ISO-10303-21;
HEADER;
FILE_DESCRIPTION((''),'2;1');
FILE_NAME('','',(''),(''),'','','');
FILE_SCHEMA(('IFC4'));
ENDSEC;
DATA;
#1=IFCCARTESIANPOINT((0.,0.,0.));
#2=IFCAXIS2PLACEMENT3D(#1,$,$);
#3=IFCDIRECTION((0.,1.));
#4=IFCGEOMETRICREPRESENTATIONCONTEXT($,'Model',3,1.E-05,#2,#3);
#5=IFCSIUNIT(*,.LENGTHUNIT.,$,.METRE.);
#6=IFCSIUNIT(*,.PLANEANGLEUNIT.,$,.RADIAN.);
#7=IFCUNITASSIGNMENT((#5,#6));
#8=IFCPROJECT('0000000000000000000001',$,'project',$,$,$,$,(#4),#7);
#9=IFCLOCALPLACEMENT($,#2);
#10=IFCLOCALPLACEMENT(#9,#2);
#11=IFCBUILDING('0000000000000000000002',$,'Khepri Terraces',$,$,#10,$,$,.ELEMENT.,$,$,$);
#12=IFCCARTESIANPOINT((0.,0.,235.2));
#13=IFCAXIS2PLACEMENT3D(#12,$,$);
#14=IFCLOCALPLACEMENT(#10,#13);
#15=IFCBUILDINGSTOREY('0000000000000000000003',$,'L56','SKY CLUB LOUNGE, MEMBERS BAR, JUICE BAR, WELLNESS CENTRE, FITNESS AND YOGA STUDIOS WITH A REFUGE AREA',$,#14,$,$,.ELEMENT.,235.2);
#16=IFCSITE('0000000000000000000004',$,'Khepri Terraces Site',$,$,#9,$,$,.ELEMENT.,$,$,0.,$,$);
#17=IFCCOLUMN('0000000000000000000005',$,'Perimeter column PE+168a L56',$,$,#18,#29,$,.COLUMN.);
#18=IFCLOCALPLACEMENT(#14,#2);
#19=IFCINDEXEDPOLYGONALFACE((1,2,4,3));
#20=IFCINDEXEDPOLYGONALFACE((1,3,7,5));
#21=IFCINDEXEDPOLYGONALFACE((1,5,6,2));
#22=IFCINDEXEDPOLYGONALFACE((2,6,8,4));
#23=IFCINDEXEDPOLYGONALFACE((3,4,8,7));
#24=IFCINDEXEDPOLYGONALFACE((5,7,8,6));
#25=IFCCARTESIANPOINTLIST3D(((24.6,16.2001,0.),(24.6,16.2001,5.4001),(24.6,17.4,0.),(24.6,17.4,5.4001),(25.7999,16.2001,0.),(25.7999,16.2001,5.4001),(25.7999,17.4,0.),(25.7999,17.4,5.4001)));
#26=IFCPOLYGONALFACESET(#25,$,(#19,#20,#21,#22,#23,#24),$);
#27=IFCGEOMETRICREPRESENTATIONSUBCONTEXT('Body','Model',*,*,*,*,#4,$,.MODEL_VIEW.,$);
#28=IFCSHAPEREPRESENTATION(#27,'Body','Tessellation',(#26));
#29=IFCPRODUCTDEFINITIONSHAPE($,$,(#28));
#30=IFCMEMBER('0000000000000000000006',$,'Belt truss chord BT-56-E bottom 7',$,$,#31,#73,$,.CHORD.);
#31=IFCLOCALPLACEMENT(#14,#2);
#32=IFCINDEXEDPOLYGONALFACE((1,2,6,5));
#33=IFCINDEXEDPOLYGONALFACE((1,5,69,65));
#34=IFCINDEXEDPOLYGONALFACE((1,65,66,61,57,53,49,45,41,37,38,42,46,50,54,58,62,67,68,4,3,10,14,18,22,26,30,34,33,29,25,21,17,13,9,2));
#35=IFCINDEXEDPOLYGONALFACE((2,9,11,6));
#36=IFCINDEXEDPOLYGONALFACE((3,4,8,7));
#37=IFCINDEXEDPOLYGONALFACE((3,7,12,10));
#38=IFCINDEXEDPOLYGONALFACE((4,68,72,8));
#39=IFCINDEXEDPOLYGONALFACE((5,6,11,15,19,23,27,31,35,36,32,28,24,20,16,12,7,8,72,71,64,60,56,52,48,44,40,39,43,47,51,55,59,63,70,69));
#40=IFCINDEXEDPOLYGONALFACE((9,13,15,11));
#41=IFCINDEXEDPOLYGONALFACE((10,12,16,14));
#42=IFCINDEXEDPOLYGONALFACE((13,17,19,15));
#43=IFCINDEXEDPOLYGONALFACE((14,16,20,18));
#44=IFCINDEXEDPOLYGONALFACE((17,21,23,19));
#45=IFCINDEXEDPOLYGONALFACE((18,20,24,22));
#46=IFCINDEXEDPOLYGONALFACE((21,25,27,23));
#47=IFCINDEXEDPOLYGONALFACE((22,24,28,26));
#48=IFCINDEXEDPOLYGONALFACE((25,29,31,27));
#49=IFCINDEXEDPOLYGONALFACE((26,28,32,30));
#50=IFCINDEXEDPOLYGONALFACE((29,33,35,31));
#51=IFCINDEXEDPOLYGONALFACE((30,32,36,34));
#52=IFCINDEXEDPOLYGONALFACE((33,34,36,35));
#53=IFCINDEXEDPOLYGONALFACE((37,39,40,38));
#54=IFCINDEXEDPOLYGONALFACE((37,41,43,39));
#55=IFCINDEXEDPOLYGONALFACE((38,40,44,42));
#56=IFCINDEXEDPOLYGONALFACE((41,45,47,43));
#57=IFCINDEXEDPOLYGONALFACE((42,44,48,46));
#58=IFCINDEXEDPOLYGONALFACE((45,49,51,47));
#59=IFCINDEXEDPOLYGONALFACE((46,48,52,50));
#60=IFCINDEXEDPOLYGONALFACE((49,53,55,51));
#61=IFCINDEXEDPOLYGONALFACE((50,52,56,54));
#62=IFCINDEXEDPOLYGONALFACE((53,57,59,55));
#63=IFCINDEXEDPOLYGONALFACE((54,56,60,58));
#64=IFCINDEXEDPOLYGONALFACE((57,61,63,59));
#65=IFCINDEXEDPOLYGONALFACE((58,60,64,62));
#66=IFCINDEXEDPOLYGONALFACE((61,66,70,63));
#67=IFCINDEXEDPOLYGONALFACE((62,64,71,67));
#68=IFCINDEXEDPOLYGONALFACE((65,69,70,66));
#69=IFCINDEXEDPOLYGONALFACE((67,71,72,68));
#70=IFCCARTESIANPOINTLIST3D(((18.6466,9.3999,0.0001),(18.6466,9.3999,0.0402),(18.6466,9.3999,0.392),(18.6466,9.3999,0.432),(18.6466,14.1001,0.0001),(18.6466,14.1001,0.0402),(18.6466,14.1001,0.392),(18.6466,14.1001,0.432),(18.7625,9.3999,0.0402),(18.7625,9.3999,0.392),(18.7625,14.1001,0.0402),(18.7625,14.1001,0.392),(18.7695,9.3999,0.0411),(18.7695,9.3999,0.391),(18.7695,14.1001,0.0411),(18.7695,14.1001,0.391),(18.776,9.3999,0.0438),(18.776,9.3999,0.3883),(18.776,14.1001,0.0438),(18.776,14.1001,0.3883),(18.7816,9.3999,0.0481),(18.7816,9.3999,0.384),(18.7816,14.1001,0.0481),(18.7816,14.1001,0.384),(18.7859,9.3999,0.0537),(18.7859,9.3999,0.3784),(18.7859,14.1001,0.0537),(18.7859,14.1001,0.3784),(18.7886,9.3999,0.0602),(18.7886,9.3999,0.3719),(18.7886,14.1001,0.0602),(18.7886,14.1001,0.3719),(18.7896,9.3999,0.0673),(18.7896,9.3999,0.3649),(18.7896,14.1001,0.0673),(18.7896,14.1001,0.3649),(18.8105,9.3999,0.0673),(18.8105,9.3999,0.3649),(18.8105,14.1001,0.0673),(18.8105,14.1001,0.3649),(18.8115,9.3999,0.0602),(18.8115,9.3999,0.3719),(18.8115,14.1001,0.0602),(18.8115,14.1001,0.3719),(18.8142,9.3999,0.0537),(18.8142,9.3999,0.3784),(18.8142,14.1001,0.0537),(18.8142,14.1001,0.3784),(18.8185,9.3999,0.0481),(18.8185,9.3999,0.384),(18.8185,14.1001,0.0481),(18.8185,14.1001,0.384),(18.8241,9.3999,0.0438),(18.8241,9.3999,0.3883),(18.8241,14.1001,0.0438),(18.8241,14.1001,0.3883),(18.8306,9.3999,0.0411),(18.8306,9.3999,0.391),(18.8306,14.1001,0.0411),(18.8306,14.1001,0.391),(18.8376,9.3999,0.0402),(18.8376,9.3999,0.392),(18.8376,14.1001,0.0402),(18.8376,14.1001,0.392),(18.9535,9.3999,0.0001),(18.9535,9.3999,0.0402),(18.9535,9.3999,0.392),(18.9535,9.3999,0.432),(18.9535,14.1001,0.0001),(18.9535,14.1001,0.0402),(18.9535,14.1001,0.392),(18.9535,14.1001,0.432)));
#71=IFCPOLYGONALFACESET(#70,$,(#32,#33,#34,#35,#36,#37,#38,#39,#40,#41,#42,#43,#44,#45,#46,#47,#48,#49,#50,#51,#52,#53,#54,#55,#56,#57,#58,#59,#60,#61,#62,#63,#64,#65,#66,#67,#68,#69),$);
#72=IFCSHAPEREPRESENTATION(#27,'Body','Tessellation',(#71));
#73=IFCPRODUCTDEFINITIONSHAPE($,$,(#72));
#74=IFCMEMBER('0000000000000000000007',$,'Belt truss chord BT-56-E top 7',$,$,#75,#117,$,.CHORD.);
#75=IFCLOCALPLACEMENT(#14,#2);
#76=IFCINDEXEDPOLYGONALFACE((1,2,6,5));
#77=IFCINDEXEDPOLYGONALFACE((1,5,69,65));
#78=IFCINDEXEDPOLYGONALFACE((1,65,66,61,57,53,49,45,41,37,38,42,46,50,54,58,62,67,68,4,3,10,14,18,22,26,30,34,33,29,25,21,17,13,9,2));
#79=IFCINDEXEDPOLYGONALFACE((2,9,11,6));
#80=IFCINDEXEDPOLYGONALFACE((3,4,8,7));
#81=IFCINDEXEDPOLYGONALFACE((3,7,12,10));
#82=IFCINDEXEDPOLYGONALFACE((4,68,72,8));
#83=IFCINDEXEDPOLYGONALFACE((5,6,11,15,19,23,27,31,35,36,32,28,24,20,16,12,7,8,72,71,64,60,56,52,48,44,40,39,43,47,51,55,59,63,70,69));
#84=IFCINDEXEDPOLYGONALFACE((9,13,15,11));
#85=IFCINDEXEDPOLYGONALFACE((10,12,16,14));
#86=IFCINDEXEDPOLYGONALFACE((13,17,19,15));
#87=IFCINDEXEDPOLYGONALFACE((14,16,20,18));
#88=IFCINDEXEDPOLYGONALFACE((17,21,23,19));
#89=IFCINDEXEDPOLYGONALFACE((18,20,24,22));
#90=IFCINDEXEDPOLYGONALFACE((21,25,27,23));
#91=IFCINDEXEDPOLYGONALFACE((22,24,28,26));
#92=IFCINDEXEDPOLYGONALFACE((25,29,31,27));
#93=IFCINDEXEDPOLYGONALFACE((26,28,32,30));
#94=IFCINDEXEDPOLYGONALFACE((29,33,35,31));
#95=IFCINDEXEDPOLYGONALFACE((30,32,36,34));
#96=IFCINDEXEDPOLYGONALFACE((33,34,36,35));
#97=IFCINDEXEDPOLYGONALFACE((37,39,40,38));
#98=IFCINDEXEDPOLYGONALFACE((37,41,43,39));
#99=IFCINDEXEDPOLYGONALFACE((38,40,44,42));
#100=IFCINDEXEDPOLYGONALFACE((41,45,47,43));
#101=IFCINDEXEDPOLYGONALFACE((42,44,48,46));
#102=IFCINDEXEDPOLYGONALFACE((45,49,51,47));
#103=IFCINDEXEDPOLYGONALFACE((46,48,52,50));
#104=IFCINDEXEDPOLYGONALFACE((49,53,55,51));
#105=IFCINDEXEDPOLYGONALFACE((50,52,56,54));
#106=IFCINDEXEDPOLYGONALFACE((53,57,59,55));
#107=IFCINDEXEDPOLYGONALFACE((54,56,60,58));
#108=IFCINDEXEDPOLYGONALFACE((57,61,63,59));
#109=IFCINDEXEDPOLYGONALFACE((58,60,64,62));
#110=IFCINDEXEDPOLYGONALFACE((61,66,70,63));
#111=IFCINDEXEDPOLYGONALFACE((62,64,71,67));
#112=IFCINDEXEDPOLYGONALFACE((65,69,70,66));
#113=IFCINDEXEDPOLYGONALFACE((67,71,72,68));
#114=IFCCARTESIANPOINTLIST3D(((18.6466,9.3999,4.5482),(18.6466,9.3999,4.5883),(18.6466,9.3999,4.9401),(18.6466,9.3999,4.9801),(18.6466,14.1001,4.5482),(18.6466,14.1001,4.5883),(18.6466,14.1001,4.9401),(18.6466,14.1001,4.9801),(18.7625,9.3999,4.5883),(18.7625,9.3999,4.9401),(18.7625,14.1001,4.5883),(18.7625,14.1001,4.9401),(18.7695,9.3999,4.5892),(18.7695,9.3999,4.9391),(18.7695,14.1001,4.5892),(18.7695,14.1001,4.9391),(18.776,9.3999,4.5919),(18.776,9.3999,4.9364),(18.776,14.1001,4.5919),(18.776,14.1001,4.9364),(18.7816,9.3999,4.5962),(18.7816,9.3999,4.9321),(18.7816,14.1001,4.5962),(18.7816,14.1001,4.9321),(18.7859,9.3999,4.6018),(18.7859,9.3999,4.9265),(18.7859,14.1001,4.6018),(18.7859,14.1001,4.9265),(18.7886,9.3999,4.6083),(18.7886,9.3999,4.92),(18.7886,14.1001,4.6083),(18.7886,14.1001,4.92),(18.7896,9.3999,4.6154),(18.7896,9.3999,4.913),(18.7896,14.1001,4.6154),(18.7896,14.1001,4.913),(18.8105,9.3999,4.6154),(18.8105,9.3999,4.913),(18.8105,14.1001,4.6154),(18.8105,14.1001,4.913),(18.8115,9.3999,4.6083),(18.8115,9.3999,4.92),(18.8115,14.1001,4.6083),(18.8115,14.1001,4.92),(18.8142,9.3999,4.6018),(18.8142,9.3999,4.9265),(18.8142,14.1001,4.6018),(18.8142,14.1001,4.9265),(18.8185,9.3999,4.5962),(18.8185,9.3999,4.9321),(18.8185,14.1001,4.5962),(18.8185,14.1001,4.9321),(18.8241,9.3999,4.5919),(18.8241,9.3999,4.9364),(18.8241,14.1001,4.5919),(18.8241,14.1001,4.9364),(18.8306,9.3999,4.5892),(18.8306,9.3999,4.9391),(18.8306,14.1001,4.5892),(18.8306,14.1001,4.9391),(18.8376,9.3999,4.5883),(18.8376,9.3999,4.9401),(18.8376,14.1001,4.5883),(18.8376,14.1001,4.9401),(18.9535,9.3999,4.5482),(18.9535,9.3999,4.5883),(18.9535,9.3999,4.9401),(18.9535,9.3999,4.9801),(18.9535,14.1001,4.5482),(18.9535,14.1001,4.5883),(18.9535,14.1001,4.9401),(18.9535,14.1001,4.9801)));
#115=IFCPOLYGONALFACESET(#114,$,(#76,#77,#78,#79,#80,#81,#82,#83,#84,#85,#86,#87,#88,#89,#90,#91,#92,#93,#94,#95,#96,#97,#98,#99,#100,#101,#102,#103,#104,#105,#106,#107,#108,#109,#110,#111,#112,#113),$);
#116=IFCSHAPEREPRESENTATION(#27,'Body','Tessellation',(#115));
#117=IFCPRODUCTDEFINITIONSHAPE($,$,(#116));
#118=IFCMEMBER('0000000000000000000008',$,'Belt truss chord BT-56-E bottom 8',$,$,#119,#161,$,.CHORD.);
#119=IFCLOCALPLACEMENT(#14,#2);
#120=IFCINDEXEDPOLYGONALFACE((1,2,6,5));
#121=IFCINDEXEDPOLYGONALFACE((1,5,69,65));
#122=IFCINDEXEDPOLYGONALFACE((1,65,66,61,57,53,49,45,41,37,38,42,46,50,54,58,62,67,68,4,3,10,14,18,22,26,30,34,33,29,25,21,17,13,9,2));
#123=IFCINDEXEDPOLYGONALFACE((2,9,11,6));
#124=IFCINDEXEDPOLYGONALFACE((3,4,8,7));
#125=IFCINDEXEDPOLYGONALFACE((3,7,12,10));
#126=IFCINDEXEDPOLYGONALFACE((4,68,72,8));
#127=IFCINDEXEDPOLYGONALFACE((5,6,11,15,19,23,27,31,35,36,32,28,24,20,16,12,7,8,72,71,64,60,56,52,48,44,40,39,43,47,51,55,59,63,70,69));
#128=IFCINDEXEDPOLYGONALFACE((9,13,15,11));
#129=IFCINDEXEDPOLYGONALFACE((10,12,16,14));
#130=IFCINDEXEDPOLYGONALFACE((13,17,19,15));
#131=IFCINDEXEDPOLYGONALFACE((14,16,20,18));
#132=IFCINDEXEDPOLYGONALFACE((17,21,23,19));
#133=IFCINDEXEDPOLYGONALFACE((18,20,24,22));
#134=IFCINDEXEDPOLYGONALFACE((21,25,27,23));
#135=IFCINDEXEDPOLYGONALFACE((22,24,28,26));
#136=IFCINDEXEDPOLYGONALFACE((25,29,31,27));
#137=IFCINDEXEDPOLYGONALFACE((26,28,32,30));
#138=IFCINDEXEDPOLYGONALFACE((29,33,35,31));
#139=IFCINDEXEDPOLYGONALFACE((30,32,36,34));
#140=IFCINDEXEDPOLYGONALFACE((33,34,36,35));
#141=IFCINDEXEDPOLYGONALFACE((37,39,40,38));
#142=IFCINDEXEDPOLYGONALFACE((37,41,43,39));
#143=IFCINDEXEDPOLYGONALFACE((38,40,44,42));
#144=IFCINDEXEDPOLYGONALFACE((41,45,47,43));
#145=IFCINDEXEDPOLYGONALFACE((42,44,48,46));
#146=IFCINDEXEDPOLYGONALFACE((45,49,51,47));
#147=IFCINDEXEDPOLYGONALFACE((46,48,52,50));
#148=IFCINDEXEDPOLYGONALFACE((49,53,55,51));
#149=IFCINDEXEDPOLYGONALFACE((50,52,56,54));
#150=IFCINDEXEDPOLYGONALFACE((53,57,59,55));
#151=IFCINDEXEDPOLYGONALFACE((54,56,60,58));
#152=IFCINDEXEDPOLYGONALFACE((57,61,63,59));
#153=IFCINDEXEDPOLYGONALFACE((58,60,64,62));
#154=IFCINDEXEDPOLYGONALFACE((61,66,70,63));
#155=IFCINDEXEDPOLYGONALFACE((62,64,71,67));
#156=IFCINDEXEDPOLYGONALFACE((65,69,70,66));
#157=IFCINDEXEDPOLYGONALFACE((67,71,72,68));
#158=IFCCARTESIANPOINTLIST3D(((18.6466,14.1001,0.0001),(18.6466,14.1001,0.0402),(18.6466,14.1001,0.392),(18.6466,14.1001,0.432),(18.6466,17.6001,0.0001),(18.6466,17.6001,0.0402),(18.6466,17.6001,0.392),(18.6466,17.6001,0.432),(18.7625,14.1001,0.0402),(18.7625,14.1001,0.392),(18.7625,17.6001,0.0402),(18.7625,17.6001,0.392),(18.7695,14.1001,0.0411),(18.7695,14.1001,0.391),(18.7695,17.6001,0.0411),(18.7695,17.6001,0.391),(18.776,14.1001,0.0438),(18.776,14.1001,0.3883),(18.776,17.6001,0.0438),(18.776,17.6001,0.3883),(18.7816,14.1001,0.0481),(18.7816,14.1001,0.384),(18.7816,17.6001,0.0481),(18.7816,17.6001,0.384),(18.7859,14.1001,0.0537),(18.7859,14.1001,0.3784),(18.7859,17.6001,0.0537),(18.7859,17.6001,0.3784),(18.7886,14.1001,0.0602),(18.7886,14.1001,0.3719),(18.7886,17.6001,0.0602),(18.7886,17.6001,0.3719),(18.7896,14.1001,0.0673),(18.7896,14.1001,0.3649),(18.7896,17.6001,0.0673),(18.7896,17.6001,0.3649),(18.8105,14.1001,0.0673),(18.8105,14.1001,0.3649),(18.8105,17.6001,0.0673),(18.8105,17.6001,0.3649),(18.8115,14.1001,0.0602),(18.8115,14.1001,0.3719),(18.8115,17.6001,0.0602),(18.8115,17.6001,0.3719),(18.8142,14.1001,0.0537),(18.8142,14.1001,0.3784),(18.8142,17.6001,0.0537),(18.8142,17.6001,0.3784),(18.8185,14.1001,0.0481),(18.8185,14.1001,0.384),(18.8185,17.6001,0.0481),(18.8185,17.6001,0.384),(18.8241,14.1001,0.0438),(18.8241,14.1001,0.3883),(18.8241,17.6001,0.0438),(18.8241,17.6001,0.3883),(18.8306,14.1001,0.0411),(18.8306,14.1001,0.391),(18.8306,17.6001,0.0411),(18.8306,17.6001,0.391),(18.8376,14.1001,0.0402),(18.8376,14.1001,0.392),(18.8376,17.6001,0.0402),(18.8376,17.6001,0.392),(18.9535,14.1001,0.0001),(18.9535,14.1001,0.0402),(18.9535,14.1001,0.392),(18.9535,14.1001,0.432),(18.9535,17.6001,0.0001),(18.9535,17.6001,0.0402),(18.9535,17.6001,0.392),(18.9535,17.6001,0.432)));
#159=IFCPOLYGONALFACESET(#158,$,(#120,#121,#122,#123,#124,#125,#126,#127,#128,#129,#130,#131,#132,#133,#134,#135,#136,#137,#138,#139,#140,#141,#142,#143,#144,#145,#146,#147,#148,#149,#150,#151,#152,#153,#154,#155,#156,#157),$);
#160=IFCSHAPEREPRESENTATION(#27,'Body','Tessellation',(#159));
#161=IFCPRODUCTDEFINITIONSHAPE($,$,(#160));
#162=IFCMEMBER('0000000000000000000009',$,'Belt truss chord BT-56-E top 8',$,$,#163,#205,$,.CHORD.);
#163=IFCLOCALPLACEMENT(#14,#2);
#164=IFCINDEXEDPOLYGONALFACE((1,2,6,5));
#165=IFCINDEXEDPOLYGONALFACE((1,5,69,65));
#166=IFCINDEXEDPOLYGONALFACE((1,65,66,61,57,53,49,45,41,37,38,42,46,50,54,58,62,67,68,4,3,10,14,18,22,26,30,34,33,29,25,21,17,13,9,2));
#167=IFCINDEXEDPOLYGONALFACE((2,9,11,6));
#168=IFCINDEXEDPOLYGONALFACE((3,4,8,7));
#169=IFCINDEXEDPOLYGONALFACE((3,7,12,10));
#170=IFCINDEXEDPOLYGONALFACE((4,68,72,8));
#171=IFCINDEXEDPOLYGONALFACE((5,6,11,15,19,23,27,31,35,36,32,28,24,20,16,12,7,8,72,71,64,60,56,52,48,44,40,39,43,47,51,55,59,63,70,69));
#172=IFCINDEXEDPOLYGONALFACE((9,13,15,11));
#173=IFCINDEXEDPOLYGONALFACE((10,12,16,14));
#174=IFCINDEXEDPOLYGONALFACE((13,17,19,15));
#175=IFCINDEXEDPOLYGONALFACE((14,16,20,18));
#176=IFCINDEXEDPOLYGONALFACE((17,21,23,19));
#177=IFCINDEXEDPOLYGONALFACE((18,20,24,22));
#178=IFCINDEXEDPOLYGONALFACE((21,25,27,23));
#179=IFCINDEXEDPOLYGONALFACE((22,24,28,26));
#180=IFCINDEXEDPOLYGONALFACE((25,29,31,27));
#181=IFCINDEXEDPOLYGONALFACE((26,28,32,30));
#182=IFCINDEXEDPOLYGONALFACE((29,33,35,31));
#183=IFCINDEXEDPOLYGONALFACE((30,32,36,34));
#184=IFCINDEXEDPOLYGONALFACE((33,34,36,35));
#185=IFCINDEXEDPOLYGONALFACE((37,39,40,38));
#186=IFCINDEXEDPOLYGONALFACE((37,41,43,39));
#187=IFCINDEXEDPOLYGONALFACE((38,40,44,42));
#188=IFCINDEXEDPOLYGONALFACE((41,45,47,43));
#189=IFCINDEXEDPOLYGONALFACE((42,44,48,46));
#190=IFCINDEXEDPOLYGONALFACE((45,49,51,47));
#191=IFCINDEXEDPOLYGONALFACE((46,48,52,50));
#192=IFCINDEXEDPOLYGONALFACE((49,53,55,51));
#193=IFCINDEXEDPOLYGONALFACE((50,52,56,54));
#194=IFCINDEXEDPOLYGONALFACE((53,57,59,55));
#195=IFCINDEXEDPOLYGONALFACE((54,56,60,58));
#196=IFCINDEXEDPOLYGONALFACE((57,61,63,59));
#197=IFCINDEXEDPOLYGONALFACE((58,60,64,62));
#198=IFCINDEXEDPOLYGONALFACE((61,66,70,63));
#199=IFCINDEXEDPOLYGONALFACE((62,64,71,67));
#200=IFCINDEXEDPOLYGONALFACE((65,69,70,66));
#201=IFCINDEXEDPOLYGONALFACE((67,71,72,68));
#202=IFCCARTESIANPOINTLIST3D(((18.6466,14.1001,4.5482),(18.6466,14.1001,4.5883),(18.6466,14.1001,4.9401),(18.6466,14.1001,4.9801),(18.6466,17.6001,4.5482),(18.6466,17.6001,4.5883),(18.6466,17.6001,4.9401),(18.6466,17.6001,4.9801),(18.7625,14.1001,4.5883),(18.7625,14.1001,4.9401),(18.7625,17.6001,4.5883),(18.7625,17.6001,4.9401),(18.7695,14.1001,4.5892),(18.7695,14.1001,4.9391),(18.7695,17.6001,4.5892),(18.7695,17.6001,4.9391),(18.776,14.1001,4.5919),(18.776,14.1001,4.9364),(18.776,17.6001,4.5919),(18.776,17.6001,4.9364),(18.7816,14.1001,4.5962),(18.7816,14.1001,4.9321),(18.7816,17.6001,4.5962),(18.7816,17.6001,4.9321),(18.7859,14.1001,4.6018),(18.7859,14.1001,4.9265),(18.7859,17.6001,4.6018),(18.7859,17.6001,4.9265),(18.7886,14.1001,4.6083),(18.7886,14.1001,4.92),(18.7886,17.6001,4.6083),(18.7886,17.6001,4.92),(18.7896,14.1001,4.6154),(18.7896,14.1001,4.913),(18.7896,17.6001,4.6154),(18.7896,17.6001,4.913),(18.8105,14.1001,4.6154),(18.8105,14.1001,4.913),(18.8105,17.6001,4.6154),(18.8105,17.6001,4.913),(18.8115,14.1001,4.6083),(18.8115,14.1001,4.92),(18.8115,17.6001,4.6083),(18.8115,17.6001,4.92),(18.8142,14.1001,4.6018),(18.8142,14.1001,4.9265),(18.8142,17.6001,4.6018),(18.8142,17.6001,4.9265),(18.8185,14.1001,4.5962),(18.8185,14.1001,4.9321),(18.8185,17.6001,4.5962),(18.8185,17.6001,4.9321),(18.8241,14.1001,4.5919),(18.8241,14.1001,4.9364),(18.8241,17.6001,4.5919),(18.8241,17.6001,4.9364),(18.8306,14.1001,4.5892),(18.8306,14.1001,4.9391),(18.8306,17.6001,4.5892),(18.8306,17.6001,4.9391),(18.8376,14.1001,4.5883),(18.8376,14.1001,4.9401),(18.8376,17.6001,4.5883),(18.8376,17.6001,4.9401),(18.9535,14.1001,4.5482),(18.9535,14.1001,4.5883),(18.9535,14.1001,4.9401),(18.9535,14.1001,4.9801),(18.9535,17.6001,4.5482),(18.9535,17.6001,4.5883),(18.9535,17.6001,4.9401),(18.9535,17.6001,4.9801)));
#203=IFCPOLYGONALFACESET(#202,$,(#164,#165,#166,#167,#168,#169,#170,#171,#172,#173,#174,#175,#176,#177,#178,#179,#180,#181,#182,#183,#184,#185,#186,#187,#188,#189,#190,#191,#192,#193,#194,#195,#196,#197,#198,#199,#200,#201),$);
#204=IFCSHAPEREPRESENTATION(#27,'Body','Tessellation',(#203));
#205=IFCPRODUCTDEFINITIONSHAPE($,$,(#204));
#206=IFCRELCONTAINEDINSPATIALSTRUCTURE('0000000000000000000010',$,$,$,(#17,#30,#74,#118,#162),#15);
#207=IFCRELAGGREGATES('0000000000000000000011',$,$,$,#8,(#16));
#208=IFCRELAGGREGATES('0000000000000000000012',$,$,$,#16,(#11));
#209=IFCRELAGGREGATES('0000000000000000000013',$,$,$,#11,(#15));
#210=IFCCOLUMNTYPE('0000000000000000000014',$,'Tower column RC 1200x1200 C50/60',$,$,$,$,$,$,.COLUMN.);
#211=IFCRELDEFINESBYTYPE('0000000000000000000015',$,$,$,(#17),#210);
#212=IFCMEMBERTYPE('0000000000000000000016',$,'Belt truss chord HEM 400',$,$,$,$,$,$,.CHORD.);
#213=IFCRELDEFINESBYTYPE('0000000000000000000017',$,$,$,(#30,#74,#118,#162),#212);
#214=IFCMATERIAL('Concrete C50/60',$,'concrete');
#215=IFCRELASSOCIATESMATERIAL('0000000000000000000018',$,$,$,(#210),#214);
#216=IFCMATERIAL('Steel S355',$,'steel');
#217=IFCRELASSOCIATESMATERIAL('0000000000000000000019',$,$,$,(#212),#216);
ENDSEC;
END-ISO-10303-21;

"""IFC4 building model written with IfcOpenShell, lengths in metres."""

from ifc_helpers import new_model, si_unit, direction, frame, origin, origin_2d, place, context, subcontext, project, spatial, rectangle, i_section, extrude, material, material_profile, profile_set, type_object, element, save


model = new_model("IFC4")

# Units and contexts
model_context = context("Model", 3, precision=1e-05, world=origin(), true_north=direction((0.0, 1.0)))
body_context = subcontext(model_context, "Body", "Model", "MODEL_VIEW")
ifc_project = project(units=[si_unit("LENGTHUNIT", "METRE"), si_unit("PLANEANGLEUNIT", "RADIAN")], contexts=[model_context])

# Site, building, storey
site_placement = place(None, origin())
site = spatial("IfcSite", under=ifc_project, at=site_placement, Name="Khepri Terraces Site", CompositionType="ELEMENT", RefElevation=0.0)
building_placement = place(site_placement, origin())
building = spatial("IfcBuilding", under=site, at=building_placement, Name="Khepri Terraces", CompositionType="ELEMENT")
storey_placement = place(building_placement, frame((0.0, 0.0, 235.2)))
storey = spatial("IfcBuildingStorey", under=building, at=storey_placement, Name="L56", Description="SKY CLUB LOUNGE, MEMBERS BAR, JUICE BAR, WELLNESS CENTRE, FITNESS AND YOGA STUDIOS WITH A REFUGE AREA", CompositionType="ELEMENT", Elevation=235.2)

# Column
ifc_material_1 = material(Name="Concrete C50/60", Category="concrete")
ifc_material_profile_1 = material_profile(ifc_material_1, rectangle(XDim=1.2, YDim=1.2, at=origin_2d()), Name="Concrete C50/60", Category="concrete")
ifc_profile_set_1 = profile_set([ifc_material_profile_1], Name="Concrete C50/60")
column_type = type_object("IfcColumnType", Name="Tower column RC 1200x1200 C50/60", PredefinedType="COLUMN", material=ifc_profile_set_1)
column_placement = place(storey_placement, frame((25.2, 16.8, 0.0), z_axis=(0.0, 0.0, 1.0), x_axis=(1.0, 0.0, 0.0)))
element("IfcColumn", 1, at=column_placement, inside=storey, type_object=column_type, Name="Perimeter column PE+168a L56", PredefinedType="COLUMN", context=body_context, shape_type="SweptSolid", body=[
    extrude(rectangle(XDim=1.2, YDim=1.2, at=origin_2d()), origin(), (0.0, 0.0, 1.0), 5.4001),
])

# Members
ifc_material_2 = material(Name="Steel S355", Category="steel")
ifc_material_profile_2 = material_profile(ifc_material_2, i_section(OverallWidth=0.3069, OverallDepth=0.4319, WebThickness=0.021, FlangeThickness=0.04, FilletRadius=0.0271, at=origin_2d()), Name="Steel S355", Category="steel")
ifc_profile_set_2 = profile_set([ifc_material_profile_2], Name="Steel S355")
member_type_1 = type_object("IfcMemberType", Name="Belt truss chord HEM 400", PredefinedType="CHORD", material=ifc_profile_set_2)
for number, where, z_axis, x_axis, name in (
    (2, (18.8, 9.3999, 0.2161), (0.0, 1.0, 0.0), (-1.0, 0.0, 0.0), "Belt truss chord BT-56-E bottom 7"),
    (3, (18.8, 9.3999, 4.7642), (0.0, 1.0, 0.0), (-1.0, 0.0, 0.0), "Belt truss chord BT-56-E top 7"),
):
    element("IfcMember", number, at=place(storey_placement, frame(where, z_axis=z_axis, x_axis=x_axis)), inside=storey, type_object=member_type_1, Name=name, PredefinedType="CHORD", context=body_context, shape_type="SweptSolid", body=[
        extrude(i_section(OverallWidth=0.3069, OverallDepth=0.4319, WebThickness=0.021, FlangeThickness=0.04, FilletRadius=0.0271, at=origin_2d()), origin(), (0.0, 0.0, 1.0), 4.7002),
    ])
for number, where, z_axis, x_axis, name in (
    (4, (18.8, 14.1001, 0.2161), (0.0, 1.0, 0.0), (-1.0, 0.0, 0.0), "Belt truss chord BT-56-E bottom 8"),
    (5, (18.8, 14.1001, 4.7642), (0.0, 1.0, 0.0), (-1.0, 0.0, 0.0), "Belt truss chord BT-56-E top 8"),
):
    element("IfcMember", number, at=place(storey_placement, frame(where, z_axis=z_axis, x_axis=x_axis)), inside=storey, type_object=member_type_1, Name=name, PredefinedType="CHORD", context=body_context, shape_type="SweptSolid", body=[
        extrude(i_section(OverallWidth=0.3069, OverallDepth=0.4319, WebThickness=0.021, FlangeThickness=0.04, FilletRadius=0.0271, at=origin_2d()), origin(), (0.0, 0.0, 1.0), 3.5),
    ])

save(model, "model.ifc")
